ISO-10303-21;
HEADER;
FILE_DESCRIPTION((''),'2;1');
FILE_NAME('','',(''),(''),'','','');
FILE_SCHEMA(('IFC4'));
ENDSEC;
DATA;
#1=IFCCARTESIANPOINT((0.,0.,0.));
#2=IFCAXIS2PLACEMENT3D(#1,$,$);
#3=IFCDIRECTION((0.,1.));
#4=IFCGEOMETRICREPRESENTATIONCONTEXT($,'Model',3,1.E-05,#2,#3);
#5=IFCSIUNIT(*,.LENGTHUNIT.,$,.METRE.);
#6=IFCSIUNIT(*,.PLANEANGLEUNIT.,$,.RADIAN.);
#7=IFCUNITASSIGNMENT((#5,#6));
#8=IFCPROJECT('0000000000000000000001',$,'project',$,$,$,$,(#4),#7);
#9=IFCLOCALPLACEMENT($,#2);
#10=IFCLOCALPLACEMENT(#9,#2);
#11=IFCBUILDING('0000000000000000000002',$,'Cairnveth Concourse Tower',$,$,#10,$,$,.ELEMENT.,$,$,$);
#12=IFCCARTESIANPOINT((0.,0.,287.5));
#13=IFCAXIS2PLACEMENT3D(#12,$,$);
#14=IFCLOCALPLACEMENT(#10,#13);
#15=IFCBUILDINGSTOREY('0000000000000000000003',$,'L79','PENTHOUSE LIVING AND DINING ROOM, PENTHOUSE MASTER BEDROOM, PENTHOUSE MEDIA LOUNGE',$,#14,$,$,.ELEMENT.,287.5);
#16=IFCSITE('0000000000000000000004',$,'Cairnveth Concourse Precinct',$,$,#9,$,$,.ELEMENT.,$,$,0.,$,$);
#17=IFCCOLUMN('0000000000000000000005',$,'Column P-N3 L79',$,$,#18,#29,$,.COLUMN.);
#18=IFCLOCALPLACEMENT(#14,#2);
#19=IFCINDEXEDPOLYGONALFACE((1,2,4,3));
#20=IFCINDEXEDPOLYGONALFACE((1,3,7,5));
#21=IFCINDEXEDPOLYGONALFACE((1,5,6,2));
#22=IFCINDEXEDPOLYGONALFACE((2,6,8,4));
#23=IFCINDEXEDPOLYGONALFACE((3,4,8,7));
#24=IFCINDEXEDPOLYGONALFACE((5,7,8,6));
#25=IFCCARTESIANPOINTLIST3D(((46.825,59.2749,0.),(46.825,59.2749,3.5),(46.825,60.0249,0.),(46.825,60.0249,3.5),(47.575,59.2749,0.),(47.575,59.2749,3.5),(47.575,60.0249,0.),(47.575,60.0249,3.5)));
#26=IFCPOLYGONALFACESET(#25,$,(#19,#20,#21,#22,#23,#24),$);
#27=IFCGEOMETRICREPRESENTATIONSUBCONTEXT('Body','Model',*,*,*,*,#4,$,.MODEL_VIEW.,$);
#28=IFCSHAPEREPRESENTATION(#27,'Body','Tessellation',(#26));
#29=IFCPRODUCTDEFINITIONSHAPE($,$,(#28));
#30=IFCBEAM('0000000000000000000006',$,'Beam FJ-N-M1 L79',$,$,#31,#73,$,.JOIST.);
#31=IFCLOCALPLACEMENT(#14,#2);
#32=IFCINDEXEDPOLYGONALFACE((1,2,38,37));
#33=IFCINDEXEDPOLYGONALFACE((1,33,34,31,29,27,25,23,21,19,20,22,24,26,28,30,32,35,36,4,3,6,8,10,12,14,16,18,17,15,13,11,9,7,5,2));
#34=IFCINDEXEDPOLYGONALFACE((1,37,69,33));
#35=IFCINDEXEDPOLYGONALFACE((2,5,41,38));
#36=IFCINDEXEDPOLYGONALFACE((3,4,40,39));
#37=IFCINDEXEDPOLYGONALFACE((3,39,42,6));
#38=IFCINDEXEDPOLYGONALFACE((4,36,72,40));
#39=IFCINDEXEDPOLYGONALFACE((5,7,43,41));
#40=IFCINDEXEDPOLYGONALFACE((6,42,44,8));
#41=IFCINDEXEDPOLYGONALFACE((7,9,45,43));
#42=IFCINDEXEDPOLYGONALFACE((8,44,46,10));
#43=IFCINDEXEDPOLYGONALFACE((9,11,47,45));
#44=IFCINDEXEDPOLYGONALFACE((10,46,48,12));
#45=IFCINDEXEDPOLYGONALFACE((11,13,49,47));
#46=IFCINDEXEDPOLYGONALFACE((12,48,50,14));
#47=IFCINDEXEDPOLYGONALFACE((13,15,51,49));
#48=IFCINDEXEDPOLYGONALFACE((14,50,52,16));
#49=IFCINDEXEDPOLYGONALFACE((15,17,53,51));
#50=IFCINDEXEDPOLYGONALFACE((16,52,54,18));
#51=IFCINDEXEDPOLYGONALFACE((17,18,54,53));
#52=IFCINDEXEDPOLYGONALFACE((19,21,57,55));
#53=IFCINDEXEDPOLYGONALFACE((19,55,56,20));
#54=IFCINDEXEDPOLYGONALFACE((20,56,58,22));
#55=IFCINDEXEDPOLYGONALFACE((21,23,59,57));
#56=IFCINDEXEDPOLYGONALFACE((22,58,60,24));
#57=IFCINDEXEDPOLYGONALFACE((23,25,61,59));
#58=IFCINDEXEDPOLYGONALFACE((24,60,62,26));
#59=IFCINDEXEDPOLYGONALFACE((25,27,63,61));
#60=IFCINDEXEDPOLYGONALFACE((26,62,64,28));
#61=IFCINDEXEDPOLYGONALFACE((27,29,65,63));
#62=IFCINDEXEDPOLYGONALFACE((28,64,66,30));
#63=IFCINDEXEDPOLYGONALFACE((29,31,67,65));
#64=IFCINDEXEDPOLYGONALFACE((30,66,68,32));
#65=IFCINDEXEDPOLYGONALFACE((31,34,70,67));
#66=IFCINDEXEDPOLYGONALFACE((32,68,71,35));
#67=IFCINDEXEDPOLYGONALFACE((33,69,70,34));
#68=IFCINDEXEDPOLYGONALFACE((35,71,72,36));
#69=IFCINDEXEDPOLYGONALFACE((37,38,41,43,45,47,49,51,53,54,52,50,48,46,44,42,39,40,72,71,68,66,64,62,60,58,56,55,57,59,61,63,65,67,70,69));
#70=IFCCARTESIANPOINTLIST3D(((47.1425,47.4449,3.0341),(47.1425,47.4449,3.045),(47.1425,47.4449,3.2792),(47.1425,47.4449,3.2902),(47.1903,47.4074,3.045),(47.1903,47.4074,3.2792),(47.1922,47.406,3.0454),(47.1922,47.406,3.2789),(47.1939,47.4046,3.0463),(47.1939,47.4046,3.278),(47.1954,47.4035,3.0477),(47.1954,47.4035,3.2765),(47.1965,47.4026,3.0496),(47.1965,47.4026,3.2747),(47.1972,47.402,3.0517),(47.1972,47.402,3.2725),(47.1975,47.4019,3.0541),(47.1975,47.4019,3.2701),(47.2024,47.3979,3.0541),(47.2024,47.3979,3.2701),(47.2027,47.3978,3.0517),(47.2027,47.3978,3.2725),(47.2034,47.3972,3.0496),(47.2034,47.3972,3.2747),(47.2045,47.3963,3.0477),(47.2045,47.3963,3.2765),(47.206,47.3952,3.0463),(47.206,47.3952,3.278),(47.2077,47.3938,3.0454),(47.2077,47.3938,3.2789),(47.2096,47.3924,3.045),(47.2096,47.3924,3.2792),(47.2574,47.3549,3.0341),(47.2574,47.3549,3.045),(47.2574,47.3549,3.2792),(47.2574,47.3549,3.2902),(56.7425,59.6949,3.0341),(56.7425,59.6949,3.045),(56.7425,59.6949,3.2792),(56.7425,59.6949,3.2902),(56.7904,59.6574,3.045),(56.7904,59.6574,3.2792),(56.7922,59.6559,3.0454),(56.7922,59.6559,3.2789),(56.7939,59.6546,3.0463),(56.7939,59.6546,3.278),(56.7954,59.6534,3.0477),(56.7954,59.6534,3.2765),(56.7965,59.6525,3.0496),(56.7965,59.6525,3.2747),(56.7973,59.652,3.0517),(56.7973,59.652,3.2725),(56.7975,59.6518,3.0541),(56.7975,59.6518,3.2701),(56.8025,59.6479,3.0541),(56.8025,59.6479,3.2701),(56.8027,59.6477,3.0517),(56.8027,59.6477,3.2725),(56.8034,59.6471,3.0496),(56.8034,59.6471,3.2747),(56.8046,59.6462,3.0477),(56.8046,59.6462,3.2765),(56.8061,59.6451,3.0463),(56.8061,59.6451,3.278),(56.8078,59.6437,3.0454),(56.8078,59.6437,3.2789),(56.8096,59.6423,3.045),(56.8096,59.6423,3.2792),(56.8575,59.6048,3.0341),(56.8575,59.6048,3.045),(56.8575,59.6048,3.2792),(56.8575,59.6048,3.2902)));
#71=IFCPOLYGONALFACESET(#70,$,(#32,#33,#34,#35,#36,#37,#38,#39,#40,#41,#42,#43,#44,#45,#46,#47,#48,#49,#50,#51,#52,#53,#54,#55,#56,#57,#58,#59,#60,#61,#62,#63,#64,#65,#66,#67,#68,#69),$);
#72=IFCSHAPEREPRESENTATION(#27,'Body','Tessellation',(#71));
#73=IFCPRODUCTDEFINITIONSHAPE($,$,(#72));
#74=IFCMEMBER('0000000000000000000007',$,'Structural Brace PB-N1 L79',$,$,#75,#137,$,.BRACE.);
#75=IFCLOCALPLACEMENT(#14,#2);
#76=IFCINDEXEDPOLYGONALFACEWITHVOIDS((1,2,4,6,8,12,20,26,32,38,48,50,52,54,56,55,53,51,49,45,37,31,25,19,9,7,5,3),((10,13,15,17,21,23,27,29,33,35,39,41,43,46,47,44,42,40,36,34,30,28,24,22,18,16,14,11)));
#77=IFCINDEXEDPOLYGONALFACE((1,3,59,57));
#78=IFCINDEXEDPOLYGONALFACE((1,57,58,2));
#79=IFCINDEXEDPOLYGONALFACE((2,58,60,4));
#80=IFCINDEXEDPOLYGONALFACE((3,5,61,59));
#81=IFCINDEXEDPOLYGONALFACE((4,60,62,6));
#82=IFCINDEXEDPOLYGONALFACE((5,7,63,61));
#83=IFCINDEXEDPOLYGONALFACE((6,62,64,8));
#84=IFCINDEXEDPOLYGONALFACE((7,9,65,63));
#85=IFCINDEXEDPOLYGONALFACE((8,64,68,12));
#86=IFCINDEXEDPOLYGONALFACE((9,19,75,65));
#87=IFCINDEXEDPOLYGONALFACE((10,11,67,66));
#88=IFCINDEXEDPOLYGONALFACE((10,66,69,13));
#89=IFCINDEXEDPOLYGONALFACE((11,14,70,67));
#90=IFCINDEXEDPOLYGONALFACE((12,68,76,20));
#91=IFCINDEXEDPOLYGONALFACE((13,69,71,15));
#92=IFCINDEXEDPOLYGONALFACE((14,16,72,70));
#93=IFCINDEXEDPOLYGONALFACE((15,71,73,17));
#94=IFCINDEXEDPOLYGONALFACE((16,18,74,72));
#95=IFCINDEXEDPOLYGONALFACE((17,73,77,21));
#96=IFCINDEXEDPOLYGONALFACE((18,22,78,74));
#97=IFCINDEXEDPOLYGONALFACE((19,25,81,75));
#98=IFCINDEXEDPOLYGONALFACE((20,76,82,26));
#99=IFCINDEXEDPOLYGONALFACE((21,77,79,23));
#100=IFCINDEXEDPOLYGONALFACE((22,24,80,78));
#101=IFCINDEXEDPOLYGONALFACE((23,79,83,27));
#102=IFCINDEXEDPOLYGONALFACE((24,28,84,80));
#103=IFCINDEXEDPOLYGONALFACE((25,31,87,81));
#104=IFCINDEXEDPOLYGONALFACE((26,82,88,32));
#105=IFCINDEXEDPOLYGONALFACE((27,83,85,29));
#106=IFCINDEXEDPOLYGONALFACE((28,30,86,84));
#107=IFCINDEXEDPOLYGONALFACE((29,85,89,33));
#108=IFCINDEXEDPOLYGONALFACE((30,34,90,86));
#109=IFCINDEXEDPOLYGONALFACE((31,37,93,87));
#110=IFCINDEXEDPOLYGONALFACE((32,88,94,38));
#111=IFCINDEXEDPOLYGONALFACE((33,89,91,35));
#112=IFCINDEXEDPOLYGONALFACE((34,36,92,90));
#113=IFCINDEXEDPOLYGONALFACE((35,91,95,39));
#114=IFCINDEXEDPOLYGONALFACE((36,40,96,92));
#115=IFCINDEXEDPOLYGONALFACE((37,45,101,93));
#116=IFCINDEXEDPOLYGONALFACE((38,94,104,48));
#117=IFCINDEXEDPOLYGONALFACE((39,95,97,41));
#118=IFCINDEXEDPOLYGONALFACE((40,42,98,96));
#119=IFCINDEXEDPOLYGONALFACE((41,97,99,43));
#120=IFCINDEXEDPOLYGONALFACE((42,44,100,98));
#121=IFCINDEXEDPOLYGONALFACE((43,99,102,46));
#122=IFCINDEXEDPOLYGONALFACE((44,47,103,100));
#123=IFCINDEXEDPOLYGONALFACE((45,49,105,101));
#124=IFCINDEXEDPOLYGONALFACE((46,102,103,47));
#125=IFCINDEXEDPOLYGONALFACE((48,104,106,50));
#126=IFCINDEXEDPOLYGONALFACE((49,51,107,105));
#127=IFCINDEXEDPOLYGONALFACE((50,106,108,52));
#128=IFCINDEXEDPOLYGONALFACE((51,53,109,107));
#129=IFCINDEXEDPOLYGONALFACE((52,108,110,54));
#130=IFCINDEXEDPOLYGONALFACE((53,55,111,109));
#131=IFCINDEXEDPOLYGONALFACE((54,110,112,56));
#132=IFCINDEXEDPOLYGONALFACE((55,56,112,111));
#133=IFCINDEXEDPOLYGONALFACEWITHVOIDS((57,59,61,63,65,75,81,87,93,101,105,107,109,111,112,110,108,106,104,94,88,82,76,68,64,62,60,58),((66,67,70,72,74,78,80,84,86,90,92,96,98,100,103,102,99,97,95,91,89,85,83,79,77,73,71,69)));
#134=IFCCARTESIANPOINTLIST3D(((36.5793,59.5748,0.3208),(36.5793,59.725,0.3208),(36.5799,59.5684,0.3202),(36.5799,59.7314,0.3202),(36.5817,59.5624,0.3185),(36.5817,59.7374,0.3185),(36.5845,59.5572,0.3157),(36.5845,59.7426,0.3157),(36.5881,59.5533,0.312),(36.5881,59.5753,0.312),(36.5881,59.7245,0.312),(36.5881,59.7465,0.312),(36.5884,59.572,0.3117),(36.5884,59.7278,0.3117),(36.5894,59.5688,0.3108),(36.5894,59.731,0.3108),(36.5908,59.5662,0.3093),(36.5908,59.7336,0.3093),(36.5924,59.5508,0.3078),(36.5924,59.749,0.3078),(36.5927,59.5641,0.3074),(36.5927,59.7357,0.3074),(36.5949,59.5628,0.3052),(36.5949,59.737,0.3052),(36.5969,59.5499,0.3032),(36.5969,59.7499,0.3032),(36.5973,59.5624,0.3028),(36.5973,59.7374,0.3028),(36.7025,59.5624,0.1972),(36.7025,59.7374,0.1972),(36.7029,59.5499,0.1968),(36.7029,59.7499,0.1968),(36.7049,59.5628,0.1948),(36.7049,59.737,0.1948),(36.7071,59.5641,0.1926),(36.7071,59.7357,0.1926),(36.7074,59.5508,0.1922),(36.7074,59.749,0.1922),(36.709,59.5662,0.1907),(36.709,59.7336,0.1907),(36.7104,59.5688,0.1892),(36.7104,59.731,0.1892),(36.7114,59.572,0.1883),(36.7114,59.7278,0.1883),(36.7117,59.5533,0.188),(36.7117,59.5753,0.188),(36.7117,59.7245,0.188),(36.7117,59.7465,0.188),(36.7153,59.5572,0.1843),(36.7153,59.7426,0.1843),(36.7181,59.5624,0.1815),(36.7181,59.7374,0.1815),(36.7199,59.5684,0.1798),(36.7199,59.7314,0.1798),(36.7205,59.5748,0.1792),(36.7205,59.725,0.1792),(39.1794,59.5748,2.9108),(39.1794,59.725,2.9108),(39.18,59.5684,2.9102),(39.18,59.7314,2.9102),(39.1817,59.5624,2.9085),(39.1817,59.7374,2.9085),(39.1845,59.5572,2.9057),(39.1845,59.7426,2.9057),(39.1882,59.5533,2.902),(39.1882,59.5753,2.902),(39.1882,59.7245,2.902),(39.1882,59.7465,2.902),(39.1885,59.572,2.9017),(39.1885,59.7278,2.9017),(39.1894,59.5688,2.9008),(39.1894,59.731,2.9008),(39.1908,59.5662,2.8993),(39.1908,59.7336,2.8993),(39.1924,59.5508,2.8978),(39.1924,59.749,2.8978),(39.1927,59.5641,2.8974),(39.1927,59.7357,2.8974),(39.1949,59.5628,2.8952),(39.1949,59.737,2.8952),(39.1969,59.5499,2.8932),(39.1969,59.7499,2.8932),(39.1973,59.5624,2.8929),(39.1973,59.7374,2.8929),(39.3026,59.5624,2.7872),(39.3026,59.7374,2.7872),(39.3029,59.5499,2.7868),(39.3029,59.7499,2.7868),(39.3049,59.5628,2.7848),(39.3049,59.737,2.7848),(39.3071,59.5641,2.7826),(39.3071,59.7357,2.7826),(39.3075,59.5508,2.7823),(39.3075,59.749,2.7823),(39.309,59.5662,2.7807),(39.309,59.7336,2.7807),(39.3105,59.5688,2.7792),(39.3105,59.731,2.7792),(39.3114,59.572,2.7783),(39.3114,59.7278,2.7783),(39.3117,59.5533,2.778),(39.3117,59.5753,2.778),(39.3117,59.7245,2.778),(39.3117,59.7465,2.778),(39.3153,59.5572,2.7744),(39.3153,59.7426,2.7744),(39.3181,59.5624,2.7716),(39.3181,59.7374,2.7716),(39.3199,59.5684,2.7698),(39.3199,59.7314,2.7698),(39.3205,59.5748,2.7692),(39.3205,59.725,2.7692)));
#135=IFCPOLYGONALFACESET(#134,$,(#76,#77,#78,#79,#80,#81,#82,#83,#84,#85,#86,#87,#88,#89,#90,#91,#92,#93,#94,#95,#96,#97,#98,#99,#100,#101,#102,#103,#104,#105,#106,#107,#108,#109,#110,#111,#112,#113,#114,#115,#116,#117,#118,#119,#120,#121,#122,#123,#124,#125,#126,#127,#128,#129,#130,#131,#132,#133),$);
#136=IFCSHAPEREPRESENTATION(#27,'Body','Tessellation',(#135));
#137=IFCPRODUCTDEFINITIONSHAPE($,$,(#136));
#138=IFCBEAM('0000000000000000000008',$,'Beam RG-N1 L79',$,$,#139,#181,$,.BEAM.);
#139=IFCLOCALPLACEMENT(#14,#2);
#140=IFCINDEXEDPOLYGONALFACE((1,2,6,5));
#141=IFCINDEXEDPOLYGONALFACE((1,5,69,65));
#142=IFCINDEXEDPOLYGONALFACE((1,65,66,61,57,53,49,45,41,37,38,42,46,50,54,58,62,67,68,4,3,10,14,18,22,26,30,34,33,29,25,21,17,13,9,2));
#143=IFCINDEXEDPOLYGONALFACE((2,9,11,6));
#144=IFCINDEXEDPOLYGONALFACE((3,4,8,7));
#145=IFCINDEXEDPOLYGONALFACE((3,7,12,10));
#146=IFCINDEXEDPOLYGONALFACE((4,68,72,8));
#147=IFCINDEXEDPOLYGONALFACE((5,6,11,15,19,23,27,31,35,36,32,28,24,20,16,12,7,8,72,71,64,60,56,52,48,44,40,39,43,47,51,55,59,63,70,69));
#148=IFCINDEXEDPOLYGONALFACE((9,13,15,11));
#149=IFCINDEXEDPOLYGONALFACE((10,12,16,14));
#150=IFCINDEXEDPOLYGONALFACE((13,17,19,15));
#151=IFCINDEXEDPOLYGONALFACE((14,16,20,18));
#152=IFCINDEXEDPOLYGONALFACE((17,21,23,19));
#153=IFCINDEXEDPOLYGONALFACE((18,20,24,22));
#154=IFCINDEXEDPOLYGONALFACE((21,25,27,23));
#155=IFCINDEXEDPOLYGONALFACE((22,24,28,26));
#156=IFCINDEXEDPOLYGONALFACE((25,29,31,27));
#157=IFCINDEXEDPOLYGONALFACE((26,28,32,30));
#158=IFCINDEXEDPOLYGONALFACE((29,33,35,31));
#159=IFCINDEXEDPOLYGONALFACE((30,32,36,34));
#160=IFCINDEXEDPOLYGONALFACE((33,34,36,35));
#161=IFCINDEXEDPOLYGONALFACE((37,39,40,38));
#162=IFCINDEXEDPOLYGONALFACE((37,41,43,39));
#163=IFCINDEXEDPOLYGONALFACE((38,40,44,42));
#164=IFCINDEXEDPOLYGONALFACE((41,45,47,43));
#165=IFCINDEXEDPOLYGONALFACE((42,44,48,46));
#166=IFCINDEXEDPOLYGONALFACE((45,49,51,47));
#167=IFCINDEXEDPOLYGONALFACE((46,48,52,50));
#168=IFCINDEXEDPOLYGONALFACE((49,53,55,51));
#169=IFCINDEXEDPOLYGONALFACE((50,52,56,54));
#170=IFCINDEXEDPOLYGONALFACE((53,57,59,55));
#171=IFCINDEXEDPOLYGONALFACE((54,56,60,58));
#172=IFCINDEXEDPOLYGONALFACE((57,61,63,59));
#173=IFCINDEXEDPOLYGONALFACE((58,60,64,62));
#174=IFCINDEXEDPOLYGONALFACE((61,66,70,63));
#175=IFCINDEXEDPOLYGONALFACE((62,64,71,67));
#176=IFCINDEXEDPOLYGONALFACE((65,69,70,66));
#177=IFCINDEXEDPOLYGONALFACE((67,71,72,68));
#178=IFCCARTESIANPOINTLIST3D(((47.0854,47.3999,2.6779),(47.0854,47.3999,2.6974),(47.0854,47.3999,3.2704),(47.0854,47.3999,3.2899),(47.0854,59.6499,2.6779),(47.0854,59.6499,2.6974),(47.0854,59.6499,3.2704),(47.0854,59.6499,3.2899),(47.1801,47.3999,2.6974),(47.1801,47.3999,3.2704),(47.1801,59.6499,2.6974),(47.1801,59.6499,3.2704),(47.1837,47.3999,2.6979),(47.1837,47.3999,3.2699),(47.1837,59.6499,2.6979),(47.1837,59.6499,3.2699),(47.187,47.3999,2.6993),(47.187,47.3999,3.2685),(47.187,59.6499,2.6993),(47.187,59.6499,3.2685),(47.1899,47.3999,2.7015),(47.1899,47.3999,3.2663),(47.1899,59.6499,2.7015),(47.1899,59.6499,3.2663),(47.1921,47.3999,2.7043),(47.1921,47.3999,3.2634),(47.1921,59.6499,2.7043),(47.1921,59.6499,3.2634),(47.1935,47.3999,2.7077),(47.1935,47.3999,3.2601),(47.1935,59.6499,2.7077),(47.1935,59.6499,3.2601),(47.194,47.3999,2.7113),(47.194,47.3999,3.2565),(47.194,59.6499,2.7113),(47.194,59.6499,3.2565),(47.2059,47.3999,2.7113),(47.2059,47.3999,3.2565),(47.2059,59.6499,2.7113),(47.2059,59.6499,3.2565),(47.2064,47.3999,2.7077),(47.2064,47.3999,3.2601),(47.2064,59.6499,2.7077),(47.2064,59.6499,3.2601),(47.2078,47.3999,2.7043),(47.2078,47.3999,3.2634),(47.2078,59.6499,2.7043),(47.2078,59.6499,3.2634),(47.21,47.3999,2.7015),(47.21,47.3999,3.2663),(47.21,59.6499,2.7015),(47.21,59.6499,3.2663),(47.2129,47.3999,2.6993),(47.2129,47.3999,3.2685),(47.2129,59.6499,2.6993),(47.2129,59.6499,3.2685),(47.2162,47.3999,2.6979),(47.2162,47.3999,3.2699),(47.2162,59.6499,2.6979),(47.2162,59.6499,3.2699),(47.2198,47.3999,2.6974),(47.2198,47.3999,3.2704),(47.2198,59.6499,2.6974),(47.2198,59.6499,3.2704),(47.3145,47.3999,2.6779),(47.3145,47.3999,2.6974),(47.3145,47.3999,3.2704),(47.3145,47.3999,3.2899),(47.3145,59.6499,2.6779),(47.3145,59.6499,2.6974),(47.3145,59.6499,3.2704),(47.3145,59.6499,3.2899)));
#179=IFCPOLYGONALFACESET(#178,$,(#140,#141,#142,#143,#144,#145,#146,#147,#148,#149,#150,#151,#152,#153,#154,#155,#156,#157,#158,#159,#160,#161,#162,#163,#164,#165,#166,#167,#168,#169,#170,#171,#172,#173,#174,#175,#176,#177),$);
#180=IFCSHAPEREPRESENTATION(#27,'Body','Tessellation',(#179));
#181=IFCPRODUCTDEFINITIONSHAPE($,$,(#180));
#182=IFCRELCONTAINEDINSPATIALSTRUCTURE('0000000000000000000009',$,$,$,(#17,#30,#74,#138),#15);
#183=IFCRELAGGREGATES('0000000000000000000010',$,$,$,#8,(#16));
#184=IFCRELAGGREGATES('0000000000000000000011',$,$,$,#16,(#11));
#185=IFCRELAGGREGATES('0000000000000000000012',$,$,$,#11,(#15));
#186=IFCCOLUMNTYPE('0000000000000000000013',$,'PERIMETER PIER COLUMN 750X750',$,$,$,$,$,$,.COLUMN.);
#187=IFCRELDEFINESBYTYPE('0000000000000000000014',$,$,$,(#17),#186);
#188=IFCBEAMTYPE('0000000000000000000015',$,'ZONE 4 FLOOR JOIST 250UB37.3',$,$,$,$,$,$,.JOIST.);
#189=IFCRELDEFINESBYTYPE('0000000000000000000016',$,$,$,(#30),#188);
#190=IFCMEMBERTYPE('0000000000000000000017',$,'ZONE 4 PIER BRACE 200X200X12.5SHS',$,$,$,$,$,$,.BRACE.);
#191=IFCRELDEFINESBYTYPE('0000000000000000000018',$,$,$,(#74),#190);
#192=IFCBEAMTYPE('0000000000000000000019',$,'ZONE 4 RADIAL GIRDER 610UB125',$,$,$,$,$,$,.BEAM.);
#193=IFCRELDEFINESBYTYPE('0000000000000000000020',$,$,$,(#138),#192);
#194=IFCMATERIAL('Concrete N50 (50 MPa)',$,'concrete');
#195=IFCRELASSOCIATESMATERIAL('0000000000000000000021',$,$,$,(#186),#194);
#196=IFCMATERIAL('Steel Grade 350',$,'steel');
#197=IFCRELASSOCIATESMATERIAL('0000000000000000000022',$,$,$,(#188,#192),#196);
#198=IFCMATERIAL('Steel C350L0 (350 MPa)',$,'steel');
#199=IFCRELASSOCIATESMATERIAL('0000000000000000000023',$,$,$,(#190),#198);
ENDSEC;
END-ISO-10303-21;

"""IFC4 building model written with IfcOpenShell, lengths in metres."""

from ifc_helpers import new_model, si_unit, direction, frame, origin, origin_2d, place, context, subcontext, project, spatial, rectangle, hollow_rectangle, i_section, extrude, material, material_profile, profile_set, type_object, element, save


model = new_model("IFC4")

# Units and contexts
model_context = context("Model", 3, precision=1e-05, world=origin(), true_north=direction((0.0, 1.0)))
body_context = subcontext(model_context, "Body", "Model", "MODEL_VIEW")
ifc_project = project(units=[si_unit("LENGTHUNIT", "METRE"), si_unit("PLANEANGLEUNIT", "RADIAN")], contexts=[model_context])

# Site, building, storey
site_placement = place(None, origin())
site = spatial("IfcSite", under=ifc_project, at=site_placement, Name="Cairnveth Concourse Precinct", CompositionType="ELEMENT", RefElevation=0.0)
building_placement = place(site_placement, origin())
building = spatial("IfcBuilding", under=site, at=building_placement, Name="Cairnveth Concourse Tower", CompositionType="ELEMENT")
storey_placement = place(building_placement, frame((0.0, 0.0, 287.5)))
storey = spatial("IfcBuildingStorey", under=building, at=storey_placement, Name="L79", Description="PENTHOUSE LIVING AND DINING ROOM, PENTHOUSE MASTER BEDROOM, PENTHOUSE MEDIA LOUNGE", CompositionType="ELEMENT", Elevation=287.5)

# Column
ifc_material_1 = material(Name="Concrete N50 (50 MPa)", Category="concrete")
ifc_material_profile_1 = material_profile(ifc_material_1, rectangle(XDim=0.75, YDim=0.75, at=origin_2d()), Name="RC-COL-750x750")
ifc_profile_set_1 = profile_set([ifc_material_profile_1], Name="Concrete N50 (50 MPa)")
column_type = type_object("IfcColumnType", Name="PERIMETER PIER COLUMN 750X750", PredefinedType="COLUMN", material=ifc_profile_set_1)
column_placement = place(storey_placement, frame((47.2, 59.6499, 0.0), z_axis=(0.0, 0.0, 1.0), x_axis=(1.0, 0.0, 0.0)))
element("IfcColumn", 1, at=column_placement, inside=storey, type_object=column_type, Name="Column P-N3 L79", PredefinedType="COLUMN", context=body_context, shape_type="SweptSolid", body=[
    extrude(rectangle(XDim=0.75, YDim=0.75, at=origin_2d()), origin(), (0.0, 0.0, 1.0), 3.5),
])

# Beam
ifc_material_2 = material(Name="Steel Grade 350", Category="steel")
ifc_material_profile_2 = material_profile(ifc_material_2, i_section(OverallWidth=0.146, OverallDepth=0.2561, WebThickness=0.0063, FlangeThickness=0.011, FilletRadius=0.009, at=origin_2d()), Name="250UB37.3")
ifc_profile_set_2 = profile_set([ifc_material_profile_2], Name="Steel Grade 350")
beam_type_1 = type_object("IfcBeamType", Name="ZONE 4 FLOOR JOIST 250UB37.3", PredefinedType="JOIST", material=ifc_profile_set_2)
beam_1_placement = place(storey_placement, frame((47.2, 47.3999, 3.1621), z_axis=(0.616832, 0.787095, 0.0), x_axis=(-0.787095, 0.616832, 0.0)))
element("IfcBeam", 2, at=beam_1_placement, inside=storey, type_object=beam_type_1, Name="Beam FJ-N-M1 L79", PredefinedType="JOIST", context=body_context, shape_type="SweptSolid", body=[
    extrude(i_section(OverallWidth=0.146, OverallDepth=0.2561, WebThickness=0.0063, FlangeThickness=0.011, FilletRadius=0.009, at=origin_2d()), origin(), (0.0, 0.0, 1.0), 15.5635),
])

# Member
ifc_material_3 = material(Name="Steel C350L0 (350 MPa)", Category="steel")
ifc_material_profile_3 = material_profile(ifc_material_3, hollow_rectangle(XDim=0.2, YDim=0.2, WallThickness=0.0125, InnerFilletRadius=0.0129, OuterFilletRadius=0.0249, at=origin_2d()), Name="200x200x12.5SHS")
ifc_profile_set_3 = profile_set([ifc_material_profile_3], Name="Steel C350L0 (350 MPa)")
member_type = type_object("IfcMemberType", Name="ZONE 4 PIER BRACE 200X200X12.5SHS", PredefinedType="BRACE", material=ifc_profile_set_3)
member_placement = place(storey_placement, frame((36.6499, 59.6499, 0.25), z_axis=(0.708469, 0.0, 0.705742), x_axis=(0.0, 1.0, 0.0)))
element("IfcMember", 3, at=member_placement, inside=storey, type_object=member_type, Name="Structural Brace PB-N1 L79", PredefinedType="BRACE", context=body_context, shape_type="SweptSolid", body=[
    extrude(hollow_rectangle(XDim=0.2, YDim=0.2, WallThickness=0.0125, InnerFilletRadius=0.0129, OuterFilletRadius=0.0249, at=origin_2d()), origin(), (0.0, 0.0, 1.0), 3.6699),
])

# Beam
ifc_material_profile_4 = material_profile(ifc_material_2, i_section(OverallWidth=0.229, OverallDepth=0.6121, WebThickness=0.012, FlangeThickness=0.0195, FilletRadius=0.0139, at=origin_2d()), Name="610UB125")
ifc_profile_set_4 = profile_set([ifc_material_profile_4], Name="Steel Grade 350")
beam_type_2 = type_object("IfcBeamType", Name="ZONE 4 RADIAL GIRDER 610UB125", PredefinedType="BEAM", material=ifc_profile_set_4)
beam_2_placement = place(storey_placement, frame((47.2, 47.3999, 2.9839), z_axis=(0.0, 1.0, 0.0), x_axis=(-1.0, 0.0, 0.0)))
element("IfcBeam", 4, at=beam_2_placement, inside=storey, type_object=beam_type_2, Name="Beam RG-N1 L79", PredefinedType="BEAM", context=body_context, shape_type="SweptSolid", body=[
    extrude(i_section(OverallWidth=0.229, OverallDepth=0.6121, WebThickness=0.012, FlangeThickness=0.0195, FilletRadius=0.0139, at=origin_2d()), origin(), (0.0, 0.0, 1.0), 12.25),
])

save(model, "model.ifc")
